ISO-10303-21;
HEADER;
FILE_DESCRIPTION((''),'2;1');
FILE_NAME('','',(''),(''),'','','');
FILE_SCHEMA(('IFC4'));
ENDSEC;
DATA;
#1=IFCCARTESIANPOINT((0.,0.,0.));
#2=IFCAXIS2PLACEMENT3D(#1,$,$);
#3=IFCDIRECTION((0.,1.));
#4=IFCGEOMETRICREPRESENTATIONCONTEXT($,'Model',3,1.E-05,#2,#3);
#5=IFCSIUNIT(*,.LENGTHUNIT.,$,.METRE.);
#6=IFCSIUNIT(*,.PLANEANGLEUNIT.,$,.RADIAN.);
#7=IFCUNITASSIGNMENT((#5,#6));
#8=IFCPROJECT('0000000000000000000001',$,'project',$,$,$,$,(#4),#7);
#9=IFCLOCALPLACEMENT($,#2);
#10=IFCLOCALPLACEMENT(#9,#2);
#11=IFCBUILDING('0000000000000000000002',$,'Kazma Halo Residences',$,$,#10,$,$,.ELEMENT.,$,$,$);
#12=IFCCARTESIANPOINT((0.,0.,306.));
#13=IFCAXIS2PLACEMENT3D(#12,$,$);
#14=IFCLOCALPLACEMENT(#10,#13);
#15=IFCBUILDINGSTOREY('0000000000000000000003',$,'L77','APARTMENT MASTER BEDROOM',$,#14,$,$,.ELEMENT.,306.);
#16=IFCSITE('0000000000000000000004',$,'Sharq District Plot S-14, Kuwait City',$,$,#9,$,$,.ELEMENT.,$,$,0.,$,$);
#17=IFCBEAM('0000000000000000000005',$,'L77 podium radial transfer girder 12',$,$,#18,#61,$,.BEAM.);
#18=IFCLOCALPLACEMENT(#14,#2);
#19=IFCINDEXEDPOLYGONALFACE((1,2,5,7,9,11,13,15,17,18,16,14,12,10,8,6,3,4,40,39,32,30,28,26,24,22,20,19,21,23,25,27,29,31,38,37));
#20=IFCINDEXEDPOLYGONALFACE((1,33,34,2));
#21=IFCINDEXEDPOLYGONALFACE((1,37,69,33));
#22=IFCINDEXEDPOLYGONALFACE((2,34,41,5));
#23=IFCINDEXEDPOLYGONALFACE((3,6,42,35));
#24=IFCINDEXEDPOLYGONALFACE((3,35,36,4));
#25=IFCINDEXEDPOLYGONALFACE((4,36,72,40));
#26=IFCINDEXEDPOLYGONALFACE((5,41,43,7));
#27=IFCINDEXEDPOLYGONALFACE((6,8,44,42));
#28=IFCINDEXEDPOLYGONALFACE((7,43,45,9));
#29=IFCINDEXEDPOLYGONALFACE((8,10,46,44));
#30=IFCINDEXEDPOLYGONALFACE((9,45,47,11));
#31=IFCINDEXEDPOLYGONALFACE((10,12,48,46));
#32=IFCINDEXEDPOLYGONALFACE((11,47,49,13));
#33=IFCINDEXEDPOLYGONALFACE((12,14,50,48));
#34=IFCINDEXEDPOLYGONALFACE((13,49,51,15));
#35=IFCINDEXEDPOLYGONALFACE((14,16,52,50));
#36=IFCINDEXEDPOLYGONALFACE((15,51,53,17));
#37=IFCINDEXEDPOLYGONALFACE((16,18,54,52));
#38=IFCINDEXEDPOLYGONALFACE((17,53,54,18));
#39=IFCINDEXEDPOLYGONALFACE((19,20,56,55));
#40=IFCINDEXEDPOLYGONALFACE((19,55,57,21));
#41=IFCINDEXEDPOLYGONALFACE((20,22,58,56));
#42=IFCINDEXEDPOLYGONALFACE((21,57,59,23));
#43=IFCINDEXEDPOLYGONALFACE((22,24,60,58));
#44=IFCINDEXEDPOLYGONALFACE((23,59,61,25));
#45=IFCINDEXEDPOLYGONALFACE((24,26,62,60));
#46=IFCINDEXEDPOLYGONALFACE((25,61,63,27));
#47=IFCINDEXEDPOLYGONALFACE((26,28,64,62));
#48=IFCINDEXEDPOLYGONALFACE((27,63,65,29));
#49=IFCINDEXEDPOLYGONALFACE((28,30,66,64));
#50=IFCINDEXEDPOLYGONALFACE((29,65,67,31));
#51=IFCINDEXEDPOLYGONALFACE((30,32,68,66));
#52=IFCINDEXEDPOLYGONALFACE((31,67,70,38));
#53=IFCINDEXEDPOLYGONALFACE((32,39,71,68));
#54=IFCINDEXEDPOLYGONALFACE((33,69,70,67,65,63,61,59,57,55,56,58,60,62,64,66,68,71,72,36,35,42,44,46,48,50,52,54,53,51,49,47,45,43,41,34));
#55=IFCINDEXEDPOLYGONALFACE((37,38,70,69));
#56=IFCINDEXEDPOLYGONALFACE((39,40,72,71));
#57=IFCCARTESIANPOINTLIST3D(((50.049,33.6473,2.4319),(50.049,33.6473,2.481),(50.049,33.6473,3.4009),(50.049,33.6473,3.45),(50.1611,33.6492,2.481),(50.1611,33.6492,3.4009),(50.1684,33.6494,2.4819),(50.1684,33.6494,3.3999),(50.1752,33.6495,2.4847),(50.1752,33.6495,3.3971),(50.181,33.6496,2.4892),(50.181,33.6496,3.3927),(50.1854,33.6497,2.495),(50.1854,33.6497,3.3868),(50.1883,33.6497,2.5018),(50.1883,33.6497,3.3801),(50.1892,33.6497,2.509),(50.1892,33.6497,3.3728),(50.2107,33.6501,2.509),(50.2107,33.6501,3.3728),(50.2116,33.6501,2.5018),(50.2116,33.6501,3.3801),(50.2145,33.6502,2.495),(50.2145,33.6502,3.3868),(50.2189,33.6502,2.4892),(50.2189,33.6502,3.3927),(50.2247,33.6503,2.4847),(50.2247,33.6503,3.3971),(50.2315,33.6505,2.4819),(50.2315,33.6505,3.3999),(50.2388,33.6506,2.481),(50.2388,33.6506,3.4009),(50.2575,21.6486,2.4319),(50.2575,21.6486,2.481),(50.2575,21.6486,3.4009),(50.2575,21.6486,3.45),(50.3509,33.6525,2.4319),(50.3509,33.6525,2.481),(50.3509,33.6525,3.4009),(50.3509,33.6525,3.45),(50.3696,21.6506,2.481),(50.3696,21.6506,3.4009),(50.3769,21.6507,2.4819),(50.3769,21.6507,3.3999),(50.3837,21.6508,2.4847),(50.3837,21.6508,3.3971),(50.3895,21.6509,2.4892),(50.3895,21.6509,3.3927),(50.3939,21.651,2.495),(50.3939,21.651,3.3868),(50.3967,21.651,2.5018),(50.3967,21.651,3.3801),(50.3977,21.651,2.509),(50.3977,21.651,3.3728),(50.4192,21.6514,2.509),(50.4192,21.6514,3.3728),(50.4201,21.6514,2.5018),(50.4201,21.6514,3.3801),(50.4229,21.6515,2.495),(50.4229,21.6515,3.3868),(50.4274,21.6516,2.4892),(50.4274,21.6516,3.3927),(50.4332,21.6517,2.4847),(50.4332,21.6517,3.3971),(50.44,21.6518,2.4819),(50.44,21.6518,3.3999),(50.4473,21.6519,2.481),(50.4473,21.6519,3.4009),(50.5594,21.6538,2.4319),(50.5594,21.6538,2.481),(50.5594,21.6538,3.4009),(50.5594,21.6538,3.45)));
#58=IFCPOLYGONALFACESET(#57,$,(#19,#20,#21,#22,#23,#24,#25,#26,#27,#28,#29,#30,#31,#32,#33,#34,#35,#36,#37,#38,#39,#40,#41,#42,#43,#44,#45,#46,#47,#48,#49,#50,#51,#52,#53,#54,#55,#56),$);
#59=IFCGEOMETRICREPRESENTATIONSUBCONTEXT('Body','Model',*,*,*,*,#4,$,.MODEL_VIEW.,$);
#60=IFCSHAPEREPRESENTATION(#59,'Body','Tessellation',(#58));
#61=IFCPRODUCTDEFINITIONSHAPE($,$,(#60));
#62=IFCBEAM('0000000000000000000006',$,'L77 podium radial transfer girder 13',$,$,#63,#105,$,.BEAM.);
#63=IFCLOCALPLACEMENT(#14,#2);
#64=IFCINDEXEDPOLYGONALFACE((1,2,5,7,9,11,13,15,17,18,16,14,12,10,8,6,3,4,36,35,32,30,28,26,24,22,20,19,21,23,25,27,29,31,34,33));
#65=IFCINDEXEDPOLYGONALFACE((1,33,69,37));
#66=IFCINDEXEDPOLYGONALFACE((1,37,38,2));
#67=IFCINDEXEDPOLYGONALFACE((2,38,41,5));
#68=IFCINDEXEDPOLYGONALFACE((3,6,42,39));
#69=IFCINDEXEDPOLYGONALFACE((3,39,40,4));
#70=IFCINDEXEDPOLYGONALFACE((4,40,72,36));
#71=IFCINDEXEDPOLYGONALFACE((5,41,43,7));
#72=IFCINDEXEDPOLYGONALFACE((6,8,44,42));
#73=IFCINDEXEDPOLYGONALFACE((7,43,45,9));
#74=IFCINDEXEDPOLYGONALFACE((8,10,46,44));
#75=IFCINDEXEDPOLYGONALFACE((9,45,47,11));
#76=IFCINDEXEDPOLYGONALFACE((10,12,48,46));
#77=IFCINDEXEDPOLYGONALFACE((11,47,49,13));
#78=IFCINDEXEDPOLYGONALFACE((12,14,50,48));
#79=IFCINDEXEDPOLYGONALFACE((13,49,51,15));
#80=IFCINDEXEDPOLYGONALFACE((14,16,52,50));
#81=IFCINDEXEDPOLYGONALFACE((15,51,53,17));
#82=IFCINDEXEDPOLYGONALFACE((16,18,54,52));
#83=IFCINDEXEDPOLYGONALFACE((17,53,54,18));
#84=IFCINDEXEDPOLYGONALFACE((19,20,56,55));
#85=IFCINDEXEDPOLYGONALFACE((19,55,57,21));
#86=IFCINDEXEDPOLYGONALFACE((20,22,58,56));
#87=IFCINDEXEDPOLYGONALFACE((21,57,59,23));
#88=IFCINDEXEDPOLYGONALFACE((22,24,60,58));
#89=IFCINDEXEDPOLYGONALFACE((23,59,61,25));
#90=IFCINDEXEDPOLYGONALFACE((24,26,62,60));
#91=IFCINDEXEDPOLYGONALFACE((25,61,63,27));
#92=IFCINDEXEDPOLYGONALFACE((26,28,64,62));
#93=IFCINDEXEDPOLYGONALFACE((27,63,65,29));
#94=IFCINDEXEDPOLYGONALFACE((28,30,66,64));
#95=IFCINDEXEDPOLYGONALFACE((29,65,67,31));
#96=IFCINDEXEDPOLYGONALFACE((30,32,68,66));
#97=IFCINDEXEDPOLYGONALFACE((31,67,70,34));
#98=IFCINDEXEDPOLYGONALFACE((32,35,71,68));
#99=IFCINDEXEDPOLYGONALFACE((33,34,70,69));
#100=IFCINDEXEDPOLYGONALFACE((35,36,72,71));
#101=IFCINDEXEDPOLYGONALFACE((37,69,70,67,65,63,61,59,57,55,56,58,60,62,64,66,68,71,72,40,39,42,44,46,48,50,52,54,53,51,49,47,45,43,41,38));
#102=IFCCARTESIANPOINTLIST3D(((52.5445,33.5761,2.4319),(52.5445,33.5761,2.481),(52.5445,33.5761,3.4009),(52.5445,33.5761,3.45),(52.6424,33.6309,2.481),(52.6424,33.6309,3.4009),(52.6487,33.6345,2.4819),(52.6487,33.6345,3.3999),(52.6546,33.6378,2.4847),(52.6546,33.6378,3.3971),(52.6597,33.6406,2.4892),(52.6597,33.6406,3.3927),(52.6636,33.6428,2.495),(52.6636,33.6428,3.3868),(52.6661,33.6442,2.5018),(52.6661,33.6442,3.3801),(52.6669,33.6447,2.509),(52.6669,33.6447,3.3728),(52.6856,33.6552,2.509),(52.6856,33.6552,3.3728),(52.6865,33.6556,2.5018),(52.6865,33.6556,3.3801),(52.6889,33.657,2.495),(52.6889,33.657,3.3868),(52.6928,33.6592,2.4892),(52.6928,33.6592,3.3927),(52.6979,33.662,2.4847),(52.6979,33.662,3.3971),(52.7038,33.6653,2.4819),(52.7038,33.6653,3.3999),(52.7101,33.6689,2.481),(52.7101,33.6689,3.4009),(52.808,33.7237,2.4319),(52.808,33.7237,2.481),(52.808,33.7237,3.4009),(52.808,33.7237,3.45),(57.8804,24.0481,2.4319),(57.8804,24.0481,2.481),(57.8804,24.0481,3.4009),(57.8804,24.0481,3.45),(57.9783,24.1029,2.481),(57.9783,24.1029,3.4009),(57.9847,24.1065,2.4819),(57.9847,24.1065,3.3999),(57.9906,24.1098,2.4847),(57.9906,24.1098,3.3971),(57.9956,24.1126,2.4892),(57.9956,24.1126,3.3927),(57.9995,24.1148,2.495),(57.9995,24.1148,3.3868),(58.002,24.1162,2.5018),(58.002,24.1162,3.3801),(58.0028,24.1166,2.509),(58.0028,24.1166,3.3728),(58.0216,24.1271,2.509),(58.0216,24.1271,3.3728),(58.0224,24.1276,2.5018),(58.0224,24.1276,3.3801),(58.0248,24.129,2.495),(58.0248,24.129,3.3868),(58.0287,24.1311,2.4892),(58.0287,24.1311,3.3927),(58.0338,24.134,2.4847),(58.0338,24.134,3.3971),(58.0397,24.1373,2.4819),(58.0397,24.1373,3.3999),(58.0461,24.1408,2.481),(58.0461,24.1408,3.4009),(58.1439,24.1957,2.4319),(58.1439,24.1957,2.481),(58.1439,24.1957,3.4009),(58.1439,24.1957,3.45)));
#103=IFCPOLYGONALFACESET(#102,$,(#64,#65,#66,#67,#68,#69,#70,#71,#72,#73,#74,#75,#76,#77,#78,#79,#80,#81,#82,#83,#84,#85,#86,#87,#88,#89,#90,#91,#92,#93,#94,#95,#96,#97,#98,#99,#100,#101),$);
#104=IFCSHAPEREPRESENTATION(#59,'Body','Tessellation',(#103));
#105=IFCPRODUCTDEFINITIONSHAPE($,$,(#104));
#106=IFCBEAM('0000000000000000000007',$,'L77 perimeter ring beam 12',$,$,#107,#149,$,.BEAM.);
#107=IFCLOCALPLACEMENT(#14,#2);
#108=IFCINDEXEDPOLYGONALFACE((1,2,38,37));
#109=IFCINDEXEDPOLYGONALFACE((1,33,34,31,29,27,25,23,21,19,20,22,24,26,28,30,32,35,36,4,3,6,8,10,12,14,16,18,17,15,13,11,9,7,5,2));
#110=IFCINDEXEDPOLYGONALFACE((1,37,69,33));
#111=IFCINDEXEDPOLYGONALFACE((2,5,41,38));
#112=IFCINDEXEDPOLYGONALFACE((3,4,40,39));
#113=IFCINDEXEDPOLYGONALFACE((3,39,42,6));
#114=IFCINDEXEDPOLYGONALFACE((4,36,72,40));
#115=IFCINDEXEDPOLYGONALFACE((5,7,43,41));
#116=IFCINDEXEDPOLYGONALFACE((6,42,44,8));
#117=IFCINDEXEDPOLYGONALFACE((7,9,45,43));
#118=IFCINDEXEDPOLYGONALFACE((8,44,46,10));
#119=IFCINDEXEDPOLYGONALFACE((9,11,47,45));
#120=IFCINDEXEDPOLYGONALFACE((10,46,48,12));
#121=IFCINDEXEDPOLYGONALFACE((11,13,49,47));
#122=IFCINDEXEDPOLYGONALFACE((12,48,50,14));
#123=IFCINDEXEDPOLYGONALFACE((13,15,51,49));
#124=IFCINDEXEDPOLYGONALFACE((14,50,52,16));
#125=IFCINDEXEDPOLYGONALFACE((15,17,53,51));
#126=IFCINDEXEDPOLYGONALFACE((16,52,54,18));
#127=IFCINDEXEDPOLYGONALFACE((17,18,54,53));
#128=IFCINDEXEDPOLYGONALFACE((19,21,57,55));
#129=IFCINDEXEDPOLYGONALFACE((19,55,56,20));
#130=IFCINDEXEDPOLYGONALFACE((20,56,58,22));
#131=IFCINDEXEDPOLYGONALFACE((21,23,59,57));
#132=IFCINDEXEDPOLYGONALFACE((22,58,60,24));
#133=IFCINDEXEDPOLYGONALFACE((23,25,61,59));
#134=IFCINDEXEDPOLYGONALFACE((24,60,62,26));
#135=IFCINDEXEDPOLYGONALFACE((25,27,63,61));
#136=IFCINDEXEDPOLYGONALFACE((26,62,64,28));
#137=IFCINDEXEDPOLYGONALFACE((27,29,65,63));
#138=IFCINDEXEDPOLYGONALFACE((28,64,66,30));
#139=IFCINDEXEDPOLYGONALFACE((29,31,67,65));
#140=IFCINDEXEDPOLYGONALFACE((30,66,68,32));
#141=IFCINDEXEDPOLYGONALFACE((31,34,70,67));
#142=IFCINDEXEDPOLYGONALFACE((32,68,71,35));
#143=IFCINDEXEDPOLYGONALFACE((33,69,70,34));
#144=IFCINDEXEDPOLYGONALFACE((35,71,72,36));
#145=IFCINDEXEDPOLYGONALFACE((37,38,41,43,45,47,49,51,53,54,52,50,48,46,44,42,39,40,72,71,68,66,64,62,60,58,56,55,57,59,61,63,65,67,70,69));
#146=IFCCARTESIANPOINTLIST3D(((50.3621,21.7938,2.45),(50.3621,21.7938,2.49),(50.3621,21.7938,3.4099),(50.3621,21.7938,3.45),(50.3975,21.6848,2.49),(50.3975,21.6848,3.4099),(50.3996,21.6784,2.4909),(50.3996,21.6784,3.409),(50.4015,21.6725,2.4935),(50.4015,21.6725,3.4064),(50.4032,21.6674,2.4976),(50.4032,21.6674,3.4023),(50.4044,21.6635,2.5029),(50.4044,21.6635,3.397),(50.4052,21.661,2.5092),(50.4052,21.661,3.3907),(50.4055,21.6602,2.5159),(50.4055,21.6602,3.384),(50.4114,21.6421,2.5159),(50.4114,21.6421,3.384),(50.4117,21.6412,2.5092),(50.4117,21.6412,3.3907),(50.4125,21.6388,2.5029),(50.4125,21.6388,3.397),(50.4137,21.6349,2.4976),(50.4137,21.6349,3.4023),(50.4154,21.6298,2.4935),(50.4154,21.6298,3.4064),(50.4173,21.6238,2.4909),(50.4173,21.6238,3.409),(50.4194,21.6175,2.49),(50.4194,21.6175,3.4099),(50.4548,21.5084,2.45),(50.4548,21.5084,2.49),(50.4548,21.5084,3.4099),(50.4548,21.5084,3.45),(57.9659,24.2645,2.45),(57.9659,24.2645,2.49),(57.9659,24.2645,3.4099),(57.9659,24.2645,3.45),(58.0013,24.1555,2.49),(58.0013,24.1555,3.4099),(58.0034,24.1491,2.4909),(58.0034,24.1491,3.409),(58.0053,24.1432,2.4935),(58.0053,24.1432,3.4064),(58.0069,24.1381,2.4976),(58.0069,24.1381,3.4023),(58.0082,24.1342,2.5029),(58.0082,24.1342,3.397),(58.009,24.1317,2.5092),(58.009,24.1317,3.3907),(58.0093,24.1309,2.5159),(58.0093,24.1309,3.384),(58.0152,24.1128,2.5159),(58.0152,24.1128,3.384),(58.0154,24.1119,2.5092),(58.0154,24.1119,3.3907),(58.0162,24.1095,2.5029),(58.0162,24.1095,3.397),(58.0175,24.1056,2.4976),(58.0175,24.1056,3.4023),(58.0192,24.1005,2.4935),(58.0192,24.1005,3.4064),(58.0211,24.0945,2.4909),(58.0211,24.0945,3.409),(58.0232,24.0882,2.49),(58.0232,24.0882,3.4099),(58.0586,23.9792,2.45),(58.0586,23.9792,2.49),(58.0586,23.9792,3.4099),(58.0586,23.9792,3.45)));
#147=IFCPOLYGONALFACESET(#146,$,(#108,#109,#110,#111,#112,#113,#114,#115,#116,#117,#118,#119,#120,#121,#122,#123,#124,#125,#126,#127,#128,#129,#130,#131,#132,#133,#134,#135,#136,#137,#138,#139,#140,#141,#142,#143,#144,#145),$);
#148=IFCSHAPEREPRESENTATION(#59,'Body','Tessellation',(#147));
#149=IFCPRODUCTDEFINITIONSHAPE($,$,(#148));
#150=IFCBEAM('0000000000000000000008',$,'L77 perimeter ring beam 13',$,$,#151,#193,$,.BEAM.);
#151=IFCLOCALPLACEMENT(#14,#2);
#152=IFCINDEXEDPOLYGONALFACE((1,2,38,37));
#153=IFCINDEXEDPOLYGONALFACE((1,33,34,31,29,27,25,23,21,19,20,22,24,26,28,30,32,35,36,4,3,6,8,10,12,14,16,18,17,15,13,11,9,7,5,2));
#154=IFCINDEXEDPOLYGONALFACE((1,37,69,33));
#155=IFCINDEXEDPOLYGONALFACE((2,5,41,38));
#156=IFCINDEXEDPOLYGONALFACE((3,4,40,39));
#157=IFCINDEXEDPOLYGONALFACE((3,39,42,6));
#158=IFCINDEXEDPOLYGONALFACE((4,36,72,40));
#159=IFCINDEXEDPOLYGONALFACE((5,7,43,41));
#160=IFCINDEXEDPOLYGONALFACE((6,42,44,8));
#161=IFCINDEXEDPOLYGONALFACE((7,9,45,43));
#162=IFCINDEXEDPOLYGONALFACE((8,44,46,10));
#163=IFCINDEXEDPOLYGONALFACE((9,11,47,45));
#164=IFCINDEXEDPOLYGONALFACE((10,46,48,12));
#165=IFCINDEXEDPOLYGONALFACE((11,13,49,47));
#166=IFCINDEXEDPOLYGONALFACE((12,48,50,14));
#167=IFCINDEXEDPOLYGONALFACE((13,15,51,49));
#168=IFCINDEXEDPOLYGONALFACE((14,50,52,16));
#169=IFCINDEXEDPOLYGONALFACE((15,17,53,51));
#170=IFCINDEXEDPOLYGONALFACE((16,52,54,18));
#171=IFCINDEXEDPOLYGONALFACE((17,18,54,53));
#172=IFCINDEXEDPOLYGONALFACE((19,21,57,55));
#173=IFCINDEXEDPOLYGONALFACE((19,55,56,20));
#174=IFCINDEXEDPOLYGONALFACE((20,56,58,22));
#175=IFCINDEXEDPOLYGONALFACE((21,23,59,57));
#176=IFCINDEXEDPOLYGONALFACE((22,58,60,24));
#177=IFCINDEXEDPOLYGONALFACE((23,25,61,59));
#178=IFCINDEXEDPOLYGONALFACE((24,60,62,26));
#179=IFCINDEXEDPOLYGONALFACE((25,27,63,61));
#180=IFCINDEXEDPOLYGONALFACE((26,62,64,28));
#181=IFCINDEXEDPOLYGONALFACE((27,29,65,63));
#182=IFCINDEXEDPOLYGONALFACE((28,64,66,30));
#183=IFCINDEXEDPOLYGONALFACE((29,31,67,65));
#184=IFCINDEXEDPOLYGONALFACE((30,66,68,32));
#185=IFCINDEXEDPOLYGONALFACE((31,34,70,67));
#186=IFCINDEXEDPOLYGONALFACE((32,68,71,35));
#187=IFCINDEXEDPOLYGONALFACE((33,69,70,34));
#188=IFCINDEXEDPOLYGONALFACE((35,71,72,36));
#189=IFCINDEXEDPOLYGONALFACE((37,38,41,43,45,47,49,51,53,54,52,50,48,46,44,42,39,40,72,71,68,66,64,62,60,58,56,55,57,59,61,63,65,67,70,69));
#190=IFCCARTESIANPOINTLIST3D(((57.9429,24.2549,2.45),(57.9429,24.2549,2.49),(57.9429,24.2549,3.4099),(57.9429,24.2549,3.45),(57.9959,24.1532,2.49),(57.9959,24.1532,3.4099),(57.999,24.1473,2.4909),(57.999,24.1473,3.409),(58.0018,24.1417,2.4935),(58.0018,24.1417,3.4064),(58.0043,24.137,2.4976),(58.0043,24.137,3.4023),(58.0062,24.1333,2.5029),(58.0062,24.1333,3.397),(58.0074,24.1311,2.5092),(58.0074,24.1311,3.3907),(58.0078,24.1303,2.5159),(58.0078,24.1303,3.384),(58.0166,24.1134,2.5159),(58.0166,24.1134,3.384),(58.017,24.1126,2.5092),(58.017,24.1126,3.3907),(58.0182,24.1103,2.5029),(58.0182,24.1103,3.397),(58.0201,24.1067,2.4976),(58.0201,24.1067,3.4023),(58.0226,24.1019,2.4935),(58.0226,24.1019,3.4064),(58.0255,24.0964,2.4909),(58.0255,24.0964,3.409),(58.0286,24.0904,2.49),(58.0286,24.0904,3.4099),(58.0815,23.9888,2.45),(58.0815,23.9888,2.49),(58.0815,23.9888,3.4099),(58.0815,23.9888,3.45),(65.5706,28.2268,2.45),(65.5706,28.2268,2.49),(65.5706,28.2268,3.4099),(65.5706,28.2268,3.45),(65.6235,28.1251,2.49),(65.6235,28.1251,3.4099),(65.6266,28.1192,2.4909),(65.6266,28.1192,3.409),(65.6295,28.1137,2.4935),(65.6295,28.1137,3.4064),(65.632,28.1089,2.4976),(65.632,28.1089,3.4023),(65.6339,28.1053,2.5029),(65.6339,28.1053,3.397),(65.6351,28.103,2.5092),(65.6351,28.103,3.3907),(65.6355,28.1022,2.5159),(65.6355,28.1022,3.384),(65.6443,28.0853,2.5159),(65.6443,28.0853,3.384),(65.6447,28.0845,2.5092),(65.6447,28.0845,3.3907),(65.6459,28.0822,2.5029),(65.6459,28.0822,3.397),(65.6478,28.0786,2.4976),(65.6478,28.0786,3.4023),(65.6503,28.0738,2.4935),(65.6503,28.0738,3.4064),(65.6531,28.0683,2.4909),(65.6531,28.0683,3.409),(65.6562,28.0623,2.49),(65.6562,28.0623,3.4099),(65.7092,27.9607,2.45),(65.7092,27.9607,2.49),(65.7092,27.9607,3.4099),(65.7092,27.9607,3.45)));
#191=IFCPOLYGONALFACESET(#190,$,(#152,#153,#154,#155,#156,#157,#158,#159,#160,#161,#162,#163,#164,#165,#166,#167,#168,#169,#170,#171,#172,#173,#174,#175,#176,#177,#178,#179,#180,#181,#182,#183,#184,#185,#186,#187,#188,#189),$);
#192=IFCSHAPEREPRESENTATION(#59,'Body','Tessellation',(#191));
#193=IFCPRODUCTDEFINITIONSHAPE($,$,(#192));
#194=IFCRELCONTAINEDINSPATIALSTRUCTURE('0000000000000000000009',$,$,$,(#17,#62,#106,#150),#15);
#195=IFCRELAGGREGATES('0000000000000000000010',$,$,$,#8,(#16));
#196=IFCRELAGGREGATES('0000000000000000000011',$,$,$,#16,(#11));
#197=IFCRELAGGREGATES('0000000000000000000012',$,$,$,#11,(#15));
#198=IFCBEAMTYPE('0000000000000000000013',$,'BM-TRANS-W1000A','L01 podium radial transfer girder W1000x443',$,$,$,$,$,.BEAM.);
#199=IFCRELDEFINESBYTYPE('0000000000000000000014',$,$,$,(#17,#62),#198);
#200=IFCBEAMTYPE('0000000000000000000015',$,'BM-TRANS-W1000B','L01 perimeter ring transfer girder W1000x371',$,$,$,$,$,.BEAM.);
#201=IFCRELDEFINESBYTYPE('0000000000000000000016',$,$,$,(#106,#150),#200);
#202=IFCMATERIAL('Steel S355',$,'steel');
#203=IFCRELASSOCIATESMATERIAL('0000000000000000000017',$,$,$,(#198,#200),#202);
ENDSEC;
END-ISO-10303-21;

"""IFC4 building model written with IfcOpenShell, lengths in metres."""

from ifc_helpers import new_model, si_unit, direction, frame, origin, origin_2d, place, context, subcontext, project, spatial, i_section, extrude, material, material_profile, profile_set, type_object, element, save


model = new_model("IFC4")

# Units and contexts
model_context = context("Model", 3, precision=1e-05, world=origin(), true_north=direction((0.0, 1.0)))
body_context = subcontext(model_context, "Body", "Model", "MODEL_VIEW")
ifc_project = project(units=[si_unit("LENGTHUNIT", "METRE"), si_unit("PLANEANGLEUNIT", "RADIAN")], contexts=[model_context])

# Site, building, storey
site_placement = place(None, origin())
site = spatial("IfcSite", under=ifc_project, at=site_placement, Name="Sharq District Plot S-14, Kuwait City", CompositionType="ELEMENT", RefElevation=0.0)
building_placement = place(site_placement, origin())
building = spatial("IfcBuilding", under=site, at=building_placement, Name="Kazma Halo Residences", CompositionType="ELEMENT")
storey_placement = place(building_placement, frame((0.0, 0.0, 306.0)))
storey = spatial("IfcBuildingStorey", under=building, at=storey_placement, Name="L77", Description="APARTMENT MASTER BEDROOM", CompositionType="ELEMENT", Elevation=306.0)

# Beams
ifc_material_1 = material(Name="Steel S355", Category="steel")
ifc_material_profile_1 = material_profile(ifc_material_1, i_section(OverallWidth=0.302, OverallDepth=1.0181, WebThickness=0.0215, FlangeThickness=0.0491, FilletRadius=0.0281, at=origin_2d()), Name="W1000x443")
ifc_profile_set_1 = profile_set([ifc_material_profile_1], Name="Steel S355")
beam_type_1 = type_object("IfcBeamType", Name="BM-TRANS-W1000A", Description="L01 podium radial transfer girder W1000x443", PredefinedType="BEAM", material=ifc_profile_set_1)
beam_1_placement = place(storey_placement, frame((50.2, 33.6499, 2.9409), z_axis=(0.017374, -0.999849, 0.0), x_axis=(0.999849, 0.017374, 0.0)))
element("IfcBeam", 1, at=beam_1_placement, inside=storey, type_object=beam_type_1, Name="L77 podium radial transfer girder 12", PredefinedType="BEAM", context=body_context, shape_type="SweptSolid", body=[
    extrude(i_section(OverallWidth=0.302, OverallDepth=1.0181, WebThickness=0.0215, FlangeThickness=0.0491, FilletRadius=0.0281, at=origin_2d()), origin(), (0.0, 0.0, 1.0), 12.0005),
])
beam_2_placement = place(storey_placement, frame((52.6763, 33.6499, 2.9409), z_axis=(0.488618, -0.872498, 0.0), x_axis=(0.872498, 0.488618, 0.0)))
element("IfcBeam", 2, at=beam_2_placement, inside=storey, type_object=beam_type_1, Name="L77 podium radial transfer girder 13", PredefinedType="BEAM", context=body_context, shape_type="SweptSolid", body=[
    extrude(i_section(OverallWidth=0.302, OverallDepth=1.0181, WebThickness=0.0215, FlangeThickness=0.0491, FilletRadius=0.0281, at=origin_2d()), origin(), (0.0, 0.0, 1.0), 10.9204),
])
ifc_material_profile_2 = material_profile(ifc_material_1, i_section(OverallWidth=0.3, OverallDepth=1.0, WebThickness=0.019, FlangeThickness=0.04, FilletRadius=0.0259, at=origin_2d()), Name="W1000x371")
ifc_profile_set_2 = profile_set([ifc_material_profile_2], Name="Steel S355")
beam_type_2 = type_object("IfcBeamType", Name="BM-TRANS-W1000B", Description="L01 perimeter ring transfer girder W1000x371", PredefinedType="BEAM", material=ifc_profile_set_2)
beam_3_placement = place(storey_placement, frame((50.4084, 21.6511, 2.95), z_axis=(0.951053, 0.309027, 0.0), x_axis=(-0.309027, 0.951053, 0.0)))
element("IfcBeam", 3, at=beam_3_placement, inside=storey, type_object=beam_type_2, Name="L77 perimeter ring beam 12", PredefinedType="BEAM", context=body_context, shape_type="SweptSolid", body=[
    extrude(i_section(OverallWidth=0.3, OverallDepth=1.0, WebThickness=0.019, FlangeThickness=0.04, FilletRadius=0.0259, at=origin_2d()), origin(), (0.0, 0.0, 1.0), 7.9951),
])
beam_4_placement = place(storey_placement, frame((58.0122, 24.1218, 2.95), z_axis=(0.886954, 0.461859, 0.0), x_axis=(-0.461859, 0.886954, 0.0)))
element("IfcBeam", 4, at=beam_4_placement, inside=storey, type_object=beam_type_2, Name="L77 perimeter ring beam 13", PredefinedType="BEAM", context=body_context, shape_type="SweptSolid", body=[
    extrude(i_section(OverallWidth=0.3, OverallDepth=1.0, WebThickness=0.019, FlangeThickness=0.04, FilletRadius=0.0259, at=origin_2d()), origin(), (0.0, 0.0, 1.0), 8.5999),
])

save(model, "model.ifc")
